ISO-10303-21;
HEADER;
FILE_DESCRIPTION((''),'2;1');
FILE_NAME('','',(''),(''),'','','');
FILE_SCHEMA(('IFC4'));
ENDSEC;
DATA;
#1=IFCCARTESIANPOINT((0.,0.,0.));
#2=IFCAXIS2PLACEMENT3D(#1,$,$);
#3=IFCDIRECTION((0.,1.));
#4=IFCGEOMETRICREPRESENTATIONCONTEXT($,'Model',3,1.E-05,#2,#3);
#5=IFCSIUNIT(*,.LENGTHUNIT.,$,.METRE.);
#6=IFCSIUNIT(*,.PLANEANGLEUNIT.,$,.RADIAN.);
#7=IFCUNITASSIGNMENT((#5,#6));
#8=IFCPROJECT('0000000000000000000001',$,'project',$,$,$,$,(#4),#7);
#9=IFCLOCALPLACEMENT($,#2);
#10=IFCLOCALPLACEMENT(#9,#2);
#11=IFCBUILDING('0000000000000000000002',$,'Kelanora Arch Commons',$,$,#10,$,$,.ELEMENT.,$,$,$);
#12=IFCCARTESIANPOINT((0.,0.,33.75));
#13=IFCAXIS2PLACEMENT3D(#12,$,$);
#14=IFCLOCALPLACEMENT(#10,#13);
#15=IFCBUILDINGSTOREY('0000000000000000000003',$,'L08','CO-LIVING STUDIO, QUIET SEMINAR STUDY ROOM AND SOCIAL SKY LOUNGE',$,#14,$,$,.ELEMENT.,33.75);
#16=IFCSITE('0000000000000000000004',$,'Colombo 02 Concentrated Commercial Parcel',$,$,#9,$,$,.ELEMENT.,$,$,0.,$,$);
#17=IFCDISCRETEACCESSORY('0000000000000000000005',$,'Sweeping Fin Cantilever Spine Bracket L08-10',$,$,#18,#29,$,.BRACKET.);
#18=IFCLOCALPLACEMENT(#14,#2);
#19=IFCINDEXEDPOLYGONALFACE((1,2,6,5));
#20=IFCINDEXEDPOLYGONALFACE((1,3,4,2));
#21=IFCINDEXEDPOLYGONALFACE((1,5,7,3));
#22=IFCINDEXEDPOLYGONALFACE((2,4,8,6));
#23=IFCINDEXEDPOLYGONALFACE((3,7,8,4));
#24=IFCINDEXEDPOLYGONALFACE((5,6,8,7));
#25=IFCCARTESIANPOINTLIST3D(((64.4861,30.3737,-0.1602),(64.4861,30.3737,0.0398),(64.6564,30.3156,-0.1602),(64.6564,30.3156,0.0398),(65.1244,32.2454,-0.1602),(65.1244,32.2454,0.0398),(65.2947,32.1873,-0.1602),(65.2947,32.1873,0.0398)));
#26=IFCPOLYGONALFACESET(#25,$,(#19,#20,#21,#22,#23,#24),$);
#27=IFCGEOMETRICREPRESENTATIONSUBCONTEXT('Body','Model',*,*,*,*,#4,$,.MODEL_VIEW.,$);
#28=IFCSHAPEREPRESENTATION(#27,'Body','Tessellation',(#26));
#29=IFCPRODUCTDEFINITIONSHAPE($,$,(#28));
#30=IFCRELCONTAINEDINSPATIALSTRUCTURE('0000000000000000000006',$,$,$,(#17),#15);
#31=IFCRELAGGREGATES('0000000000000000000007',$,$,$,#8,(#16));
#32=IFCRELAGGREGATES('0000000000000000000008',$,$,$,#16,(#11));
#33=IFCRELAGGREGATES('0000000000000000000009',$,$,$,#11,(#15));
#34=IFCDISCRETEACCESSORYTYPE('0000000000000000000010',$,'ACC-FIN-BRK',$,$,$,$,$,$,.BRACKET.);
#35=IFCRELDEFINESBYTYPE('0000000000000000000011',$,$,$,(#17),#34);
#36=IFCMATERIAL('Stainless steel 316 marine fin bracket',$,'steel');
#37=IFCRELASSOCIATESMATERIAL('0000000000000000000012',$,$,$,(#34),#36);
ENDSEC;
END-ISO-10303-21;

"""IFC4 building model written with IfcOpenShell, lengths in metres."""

from ifc_helpers import new_model, si_unit, direction, frame, origin, origin_2d, place, context, subcontext, project, spatial, rectangle, extrude, source, transform, mapped, material, type_object, element, save


model = new_model("IFC4")

# Units and contexts
model_context = context("Model", 3, precision=1e-05, world=origin(), true_north=direction((0.0, 1.0)))
body_context = subcontext(model_context, "Body", "Model", "MODEL_VIEW")
ifc_project = project(units=[si_unit("LENGTHUNIT", "METRE"), si_unit("PLANEANGLEUNIT", "RADIAN")], contexts=[model_context])

# Site, building, storey
site_placement = place(None, origin())
site = spatial("IfcSite", under=ifc_project, at=site_placement, Name="Colombo 02 Concentrated Commercial Parcel", CompositionType="ELEMENT", RefElevation=0.0)
building_placement = place(site_placement, origin())
building = spatial("IfcBuilding", under=site, at=building_placement, Name="Kelanora Arch Commons", CompositionType="ELEMENT")
storey_placement = place(building_placement, frame((0.0, 0.0, 33.75)))
storey = spatial("IfcBuildingStorey", under=building, at=storey_placement, Name="L08", Description="CO-LIVING STUDIO, QUIET SEMINAR STUDY ROOM AND SOCIAL SKY LOUNGE", CompositionType="ELEMENT", Elevation=33.75)

# Discrete accessory
ifc_material_1 = material(Name="Stainless steel 316 marine fin bracket", Category="steel")
discrete_accessory_type = type_object("IfcDiscreteAccessoryType", Name="ACC-FIN-BRK", PredefinedType="BRACKET", material=ifc_material_1)
shared_shape_1 = source(origin(), body_context, "Body", "SweptSolid", [
    extrude(rectangle(XDim=1.9775, YDim=0.1799, at=origin_2d()), origin(), (0.0, 0.0, 1.0), 0.2),
])
discrete_accessory_placement = place(storey_placement, frame((64.8904, 31.2805, -0.1602), z_axis=(0.0, 0.0, 1.0), x_axis=(-0.322761, -0.94648, 0.0)))
element("IfcDiscreteAccessory", 1, at=discrete_accessory_placement, inside=storey, type_object=discrete_accessory_type, Name="Sweeping Fin Cantilever Spine Bracket L08-10", PredefinedType="BRACKET", context=body_context, shape_type="MappedRepresentation", body=[
    mapped(shared_shape_1, transform((0.0, 0.0, 0.0), scale=1.0)),
])

save(model, "model.ifc")
